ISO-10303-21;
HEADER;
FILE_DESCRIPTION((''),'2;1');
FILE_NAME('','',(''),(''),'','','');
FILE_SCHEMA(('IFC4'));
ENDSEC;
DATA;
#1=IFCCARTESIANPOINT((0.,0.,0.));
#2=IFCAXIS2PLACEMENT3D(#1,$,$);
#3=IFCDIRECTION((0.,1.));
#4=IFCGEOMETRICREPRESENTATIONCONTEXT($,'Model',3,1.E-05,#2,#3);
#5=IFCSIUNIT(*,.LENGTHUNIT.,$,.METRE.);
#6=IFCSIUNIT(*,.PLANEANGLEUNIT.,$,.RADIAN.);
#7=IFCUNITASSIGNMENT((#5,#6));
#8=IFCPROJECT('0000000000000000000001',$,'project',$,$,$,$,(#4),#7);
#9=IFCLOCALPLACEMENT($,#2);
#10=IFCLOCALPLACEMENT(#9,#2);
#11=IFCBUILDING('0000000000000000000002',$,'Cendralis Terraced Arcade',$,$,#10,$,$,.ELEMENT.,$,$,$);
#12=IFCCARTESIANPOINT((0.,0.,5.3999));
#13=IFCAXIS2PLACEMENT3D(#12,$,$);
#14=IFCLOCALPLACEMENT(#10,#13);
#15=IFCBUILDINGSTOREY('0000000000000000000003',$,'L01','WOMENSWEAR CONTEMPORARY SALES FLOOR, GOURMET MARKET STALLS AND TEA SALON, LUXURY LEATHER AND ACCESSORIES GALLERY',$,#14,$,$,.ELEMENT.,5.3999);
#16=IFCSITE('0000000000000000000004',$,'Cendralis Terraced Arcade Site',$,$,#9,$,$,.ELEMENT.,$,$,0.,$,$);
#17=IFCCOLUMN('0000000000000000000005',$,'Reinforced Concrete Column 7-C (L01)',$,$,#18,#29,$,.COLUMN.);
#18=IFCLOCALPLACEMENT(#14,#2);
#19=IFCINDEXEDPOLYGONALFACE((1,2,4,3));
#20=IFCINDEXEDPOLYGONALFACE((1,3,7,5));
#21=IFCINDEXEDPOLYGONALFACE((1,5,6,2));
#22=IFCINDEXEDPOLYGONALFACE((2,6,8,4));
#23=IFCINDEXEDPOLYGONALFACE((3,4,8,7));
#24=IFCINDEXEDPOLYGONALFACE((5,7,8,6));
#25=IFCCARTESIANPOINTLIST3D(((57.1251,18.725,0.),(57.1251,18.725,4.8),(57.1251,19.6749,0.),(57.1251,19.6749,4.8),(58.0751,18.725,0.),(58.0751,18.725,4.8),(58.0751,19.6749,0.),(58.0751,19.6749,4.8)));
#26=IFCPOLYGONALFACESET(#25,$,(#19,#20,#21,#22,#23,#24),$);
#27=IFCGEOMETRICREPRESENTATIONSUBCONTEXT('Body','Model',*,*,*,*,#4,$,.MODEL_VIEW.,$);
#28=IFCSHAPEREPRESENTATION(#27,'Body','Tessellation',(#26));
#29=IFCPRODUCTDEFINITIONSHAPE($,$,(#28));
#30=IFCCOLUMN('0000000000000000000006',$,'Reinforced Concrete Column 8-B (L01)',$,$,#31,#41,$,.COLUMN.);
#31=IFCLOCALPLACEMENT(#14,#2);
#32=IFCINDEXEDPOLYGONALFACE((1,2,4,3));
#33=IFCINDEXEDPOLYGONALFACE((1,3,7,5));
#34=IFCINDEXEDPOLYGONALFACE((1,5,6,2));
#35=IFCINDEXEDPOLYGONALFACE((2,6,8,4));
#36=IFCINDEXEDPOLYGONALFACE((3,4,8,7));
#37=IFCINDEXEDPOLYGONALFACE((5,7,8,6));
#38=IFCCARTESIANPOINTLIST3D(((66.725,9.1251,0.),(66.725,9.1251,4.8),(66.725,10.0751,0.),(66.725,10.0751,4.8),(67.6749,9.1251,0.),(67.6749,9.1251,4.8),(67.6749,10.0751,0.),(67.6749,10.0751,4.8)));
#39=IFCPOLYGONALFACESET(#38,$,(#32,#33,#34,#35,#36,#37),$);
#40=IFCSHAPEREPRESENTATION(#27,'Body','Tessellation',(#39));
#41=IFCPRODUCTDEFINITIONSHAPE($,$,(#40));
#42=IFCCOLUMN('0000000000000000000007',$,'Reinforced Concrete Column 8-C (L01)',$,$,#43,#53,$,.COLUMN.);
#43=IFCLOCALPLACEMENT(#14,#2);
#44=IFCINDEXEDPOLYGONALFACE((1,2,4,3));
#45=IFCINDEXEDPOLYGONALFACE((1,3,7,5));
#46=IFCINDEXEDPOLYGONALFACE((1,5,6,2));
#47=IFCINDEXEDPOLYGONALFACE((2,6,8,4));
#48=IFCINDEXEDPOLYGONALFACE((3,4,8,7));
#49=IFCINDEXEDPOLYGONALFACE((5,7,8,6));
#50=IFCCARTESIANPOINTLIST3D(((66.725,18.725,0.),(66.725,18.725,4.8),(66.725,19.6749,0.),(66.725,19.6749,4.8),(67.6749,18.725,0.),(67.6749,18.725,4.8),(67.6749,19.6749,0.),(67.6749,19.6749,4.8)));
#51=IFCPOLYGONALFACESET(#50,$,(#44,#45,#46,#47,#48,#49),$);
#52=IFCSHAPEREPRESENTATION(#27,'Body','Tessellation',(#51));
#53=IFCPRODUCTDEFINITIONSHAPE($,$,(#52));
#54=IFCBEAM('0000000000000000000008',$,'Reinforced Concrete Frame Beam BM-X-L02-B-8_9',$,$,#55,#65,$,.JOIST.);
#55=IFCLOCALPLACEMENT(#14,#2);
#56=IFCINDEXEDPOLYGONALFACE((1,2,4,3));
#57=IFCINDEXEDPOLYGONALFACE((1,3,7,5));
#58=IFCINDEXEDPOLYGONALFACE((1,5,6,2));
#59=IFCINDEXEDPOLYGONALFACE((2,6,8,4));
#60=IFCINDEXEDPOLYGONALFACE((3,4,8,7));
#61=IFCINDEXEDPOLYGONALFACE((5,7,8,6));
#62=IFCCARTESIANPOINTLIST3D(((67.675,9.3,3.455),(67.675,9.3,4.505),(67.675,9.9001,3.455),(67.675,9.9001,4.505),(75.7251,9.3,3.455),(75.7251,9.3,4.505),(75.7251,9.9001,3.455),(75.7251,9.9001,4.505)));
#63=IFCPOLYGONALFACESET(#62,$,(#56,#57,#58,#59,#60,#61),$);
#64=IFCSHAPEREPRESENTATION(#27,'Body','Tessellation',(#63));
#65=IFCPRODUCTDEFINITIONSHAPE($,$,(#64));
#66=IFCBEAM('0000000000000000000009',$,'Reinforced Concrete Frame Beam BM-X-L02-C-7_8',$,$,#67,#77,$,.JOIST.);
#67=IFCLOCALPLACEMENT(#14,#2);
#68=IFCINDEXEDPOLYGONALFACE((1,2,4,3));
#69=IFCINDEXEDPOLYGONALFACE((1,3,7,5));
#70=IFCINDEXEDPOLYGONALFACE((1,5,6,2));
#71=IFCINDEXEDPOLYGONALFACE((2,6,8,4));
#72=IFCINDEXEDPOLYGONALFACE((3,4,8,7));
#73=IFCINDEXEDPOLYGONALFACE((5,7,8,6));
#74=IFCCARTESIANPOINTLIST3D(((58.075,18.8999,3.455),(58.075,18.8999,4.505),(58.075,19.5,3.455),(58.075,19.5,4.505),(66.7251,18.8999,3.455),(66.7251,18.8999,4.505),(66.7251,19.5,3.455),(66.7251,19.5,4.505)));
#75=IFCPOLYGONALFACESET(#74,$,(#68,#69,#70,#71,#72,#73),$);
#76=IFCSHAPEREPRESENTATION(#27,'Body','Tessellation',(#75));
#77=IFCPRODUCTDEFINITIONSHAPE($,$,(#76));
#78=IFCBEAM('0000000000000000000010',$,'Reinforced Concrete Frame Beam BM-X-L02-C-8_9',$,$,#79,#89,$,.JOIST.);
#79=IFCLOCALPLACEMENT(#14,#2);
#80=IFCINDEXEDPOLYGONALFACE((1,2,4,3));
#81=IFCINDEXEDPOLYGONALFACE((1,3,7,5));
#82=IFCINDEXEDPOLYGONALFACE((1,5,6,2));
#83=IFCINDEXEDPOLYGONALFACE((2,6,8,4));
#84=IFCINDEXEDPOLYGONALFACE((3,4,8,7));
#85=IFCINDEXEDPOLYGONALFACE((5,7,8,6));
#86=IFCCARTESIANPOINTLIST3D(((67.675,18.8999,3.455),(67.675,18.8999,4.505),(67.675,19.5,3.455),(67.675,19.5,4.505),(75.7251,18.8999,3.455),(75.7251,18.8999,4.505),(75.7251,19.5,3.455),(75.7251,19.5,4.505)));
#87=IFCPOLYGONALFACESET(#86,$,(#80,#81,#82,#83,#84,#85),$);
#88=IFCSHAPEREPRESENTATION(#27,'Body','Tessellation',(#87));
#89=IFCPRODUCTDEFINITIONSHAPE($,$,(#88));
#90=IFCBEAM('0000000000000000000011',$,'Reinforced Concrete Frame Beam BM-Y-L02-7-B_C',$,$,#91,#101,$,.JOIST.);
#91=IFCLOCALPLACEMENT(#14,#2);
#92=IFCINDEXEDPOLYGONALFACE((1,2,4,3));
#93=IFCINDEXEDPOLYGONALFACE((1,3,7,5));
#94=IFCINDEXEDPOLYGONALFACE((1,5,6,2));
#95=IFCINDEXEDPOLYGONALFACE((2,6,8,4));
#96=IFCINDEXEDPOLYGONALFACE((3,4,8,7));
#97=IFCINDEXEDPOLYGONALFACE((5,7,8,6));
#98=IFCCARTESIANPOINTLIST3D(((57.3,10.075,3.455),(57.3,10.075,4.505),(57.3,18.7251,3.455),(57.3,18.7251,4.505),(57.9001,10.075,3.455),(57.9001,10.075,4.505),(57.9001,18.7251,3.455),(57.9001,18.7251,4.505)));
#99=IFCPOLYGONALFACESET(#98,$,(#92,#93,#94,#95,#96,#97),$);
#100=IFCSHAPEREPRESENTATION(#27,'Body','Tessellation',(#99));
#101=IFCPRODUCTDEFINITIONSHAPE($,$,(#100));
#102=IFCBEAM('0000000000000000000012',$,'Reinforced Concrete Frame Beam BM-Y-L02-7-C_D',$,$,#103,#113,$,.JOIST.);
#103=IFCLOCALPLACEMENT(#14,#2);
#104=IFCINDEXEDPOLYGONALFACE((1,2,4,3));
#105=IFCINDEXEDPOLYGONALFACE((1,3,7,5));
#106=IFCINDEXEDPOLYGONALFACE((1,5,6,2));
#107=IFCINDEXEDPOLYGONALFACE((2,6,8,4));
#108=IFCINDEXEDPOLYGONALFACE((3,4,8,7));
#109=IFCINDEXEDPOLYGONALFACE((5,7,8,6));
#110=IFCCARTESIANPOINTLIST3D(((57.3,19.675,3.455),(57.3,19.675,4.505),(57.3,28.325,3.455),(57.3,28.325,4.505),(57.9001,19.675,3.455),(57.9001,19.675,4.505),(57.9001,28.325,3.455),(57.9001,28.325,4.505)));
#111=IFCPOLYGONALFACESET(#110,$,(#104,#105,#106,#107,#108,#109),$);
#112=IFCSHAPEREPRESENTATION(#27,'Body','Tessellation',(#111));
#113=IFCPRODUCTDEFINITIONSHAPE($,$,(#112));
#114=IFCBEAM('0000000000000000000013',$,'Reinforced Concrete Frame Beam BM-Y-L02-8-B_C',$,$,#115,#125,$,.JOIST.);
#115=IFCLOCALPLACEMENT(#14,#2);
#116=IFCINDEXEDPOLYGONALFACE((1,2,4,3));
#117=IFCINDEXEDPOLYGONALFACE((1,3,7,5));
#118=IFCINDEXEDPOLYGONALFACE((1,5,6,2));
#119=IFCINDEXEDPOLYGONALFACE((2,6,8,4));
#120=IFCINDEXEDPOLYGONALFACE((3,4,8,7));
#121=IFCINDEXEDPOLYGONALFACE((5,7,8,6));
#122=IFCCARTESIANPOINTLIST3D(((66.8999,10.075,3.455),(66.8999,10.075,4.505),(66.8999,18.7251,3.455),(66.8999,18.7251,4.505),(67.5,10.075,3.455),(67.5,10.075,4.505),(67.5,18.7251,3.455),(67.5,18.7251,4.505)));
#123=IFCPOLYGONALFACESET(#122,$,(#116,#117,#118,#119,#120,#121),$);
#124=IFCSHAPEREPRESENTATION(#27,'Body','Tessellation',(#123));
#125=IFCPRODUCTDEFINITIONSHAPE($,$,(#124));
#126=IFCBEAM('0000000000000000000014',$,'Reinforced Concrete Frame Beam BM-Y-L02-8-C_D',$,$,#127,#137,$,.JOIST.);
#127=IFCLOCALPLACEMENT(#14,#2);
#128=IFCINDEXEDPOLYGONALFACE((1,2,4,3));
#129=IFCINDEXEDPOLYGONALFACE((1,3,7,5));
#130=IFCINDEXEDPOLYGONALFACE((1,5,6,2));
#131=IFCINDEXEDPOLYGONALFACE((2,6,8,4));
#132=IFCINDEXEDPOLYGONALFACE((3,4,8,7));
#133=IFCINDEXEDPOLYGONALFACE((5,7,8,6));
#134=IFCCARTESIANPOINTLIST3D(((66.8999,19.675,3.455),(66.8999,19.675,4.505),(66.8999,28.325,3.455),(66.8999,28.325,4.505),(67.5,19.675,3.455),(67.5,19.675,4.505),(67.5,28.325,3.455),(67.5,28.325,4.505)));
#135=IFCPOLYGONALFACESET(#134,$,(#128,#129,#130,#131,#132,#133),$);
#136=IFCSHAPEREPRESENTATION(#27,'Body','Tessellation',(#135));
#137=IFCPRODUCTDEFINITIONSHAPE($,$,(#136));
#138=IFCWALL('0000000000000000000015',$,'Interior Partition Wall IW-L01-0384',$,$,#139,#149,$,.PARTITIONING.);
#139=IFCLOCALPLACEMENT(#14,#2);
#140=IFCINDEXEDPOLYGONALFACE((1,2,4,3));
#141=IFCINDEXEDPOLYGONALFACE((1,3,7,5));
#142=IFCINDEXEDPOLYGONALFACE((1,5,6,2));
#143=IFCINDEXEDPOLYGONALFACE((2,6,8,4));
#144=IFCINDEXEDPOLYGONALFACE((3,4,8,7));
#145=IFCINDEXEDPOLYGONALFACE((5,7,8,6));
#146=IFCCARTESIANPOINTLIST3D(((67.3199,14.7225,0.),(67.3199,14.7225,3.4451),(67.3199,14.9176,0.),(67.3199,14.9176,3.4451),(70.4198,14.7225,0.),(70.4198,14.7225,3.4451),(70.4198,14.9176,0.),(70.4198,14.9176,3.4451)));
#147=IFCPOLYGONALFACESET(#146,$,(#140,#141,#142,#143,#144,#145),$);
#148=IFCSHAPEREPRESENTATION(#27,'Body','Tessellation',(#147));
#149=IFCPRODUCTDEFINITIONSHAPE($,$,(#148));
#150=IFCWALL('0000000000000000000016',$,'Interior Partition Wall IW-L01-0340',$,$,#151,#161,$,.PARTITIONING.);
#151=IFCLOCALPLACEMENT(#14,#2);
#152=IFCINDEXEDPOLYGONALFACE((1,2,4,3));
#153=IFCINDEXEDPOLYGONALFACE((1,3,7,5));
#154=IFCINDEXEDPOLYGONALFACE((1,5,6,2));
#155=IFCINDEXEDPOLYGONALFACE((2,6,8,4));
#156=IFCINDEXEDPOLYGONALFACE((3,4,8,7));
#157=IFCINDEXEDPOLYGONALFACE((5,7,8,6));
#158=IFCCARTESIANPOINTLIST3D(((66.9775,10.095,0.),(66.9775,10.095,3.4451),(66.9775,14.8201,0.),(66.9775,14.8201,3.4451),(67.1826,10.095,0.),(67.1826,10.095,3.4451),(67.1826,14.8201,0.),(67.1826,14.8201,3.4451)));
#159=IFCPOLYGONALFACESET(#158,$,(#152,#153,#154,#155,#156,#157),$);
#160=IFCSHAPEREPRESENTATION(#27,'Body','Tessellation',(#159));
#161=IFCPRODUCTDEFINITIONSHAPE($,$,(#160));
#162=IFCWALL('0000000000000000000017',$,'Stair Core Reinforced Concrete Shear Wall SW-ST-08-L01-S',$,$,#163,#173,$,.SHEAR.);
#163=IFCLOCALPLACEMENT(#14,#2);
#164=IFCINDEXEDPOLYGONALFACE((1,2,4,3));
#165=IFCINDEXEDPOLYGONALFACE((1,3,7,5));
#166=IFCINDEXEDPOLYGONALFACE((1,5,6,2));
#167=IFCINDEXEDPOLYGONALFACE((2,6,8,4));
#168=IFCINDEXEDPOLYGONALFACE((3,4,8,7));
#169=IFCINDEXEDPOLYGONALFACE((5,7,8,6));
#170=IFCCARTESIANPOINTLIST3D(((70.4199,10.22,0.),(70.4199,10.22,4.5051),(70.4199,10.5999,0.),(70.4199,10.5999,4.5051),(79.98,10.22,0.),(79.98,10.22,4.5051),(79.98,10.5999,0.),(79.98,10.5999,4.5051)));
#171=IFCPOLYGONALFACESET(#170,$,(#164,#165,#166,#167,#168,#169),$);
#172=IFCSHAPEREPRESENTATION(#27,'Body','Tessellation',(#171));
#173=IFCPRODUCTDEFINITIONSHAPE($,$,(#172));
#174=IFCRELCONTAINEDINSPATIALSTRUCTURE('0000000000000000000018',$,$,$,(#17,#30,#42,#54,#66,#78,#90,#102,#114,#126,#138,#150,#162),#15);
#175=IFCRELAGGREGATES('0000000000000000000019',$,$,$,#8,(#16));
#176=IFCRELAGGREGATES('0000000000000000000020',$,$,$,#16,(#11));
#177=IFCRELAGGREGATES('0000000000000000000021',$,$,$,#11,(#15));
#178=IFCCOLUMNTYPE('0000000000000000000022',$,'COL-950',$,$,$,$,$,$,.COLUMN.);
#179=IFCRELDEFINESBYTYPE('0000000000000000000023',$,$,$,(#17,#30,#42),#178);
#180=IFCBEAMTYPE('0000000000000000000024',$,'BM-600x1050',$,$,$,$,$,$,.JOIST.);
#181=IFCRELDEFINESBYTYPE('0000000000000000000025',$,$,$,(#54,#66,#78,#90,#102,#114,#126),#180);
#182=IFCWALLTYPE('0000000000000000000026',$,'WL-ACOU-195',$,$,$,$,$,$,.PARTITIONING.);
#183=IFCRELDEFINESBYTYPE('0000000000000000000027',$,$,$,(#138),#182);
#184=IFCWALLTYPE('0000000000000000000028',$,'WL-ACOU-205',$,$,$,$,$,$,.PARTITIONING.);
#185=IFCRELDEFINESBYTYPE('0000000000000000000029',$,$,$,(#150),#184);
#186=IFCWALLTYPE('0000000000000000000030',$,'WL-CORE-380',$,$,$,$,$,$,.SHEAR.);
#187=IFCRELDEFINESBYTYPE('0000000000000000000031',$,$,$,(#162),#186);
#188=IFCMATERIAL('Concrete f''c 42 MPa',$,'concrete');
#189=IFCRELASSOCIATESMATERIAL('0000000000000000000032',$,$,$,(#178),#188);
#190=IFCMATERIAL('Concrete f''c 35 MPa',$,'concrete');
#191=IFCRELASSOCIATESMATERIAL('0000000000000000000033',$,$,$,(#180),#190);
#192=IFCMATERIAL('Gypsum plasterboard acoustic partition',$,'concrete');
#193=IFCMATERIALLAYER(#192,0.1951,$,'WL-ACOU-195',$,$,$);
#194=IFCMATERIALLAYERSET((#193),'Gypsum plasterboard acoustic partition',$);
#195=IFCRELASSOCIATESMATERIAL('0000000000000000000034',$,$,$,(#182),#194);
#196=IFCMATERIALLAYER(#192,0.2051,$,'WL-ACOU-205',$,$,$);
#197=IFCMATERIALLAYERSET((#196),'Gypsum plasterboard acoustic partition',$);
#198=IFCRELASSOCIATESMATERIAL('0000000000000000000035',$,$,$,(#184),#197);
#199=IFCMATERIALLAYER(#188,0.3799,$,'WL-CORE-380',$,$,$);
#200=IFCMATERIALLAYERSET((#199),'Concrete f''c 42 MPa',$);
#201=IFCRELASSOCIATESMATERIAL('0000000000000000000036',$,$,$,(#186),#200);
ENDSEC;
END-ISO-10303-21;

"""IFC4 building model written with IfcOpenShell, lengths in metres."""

from ifc_helpers import new_model, si_unit, direction, frame, frame_2d, origin, origin_2d, place, context, subcontext, project, spatial, rectangle, extrude, material, layer, layer_set, material_profile, profile_set, type_object, element, save


model = new_model("IFC4")

# Units and contexts
model_context = context("Model", 3, precision=1e-05, world=origin(), true_north=direction((0.0, 1.0)))
body_context = subcontext(model_context, "Body", "Model", "MODEL_VIEW")
ifc_project = project(units=[si_unit("LENGTHUNIT", "METRE"), si_unit("PLANEANGLEUNIT", "RADIAN")], contexts=[model_context])

# Site, building, storey
site_placement = place(None, origin())
site = spatial("IfcSite", under=ifc_project, at=site_placement, Name="Cendralis Terraced Arcade Site", CompositionType="ELEMENT", RefElevation=0.0)
building_placement = place(site_placement, origin())
building = spatial("IfcBuilding", under=site, at=building_placement, Name="Cendralis Terraced Arcade", CompositionType="ELEMENT")
storey_placement = place(building_placement, frame((0.0, 0.0, 5.3999)))
storey = spatial("IfcBuildingStorey", under=building, at=storey_placement, Name="L01", Description="WOMENSWEAR CONTEMPORARY SALES FLOOR, GOURMET MARKET STALLS AND TEA SALON, LUXURY LEATHER AND ACCESSORIES GALLERY", CompositionType="ELEMENT", Elevation=5.3999)

# Columns
ifc_material_1 = material(Name="Concrete f'c 42 MPa", Category="concrete")
ifc_material_profile_1 = material_profile(ifc_material_1, rectangle(XDim=0.95, YDim=0.95, at=origin_2d()), Name="RC-COL-950x950", Category="LoadBearing")
ifc_profile_set_1 = profile_set([ifc_material_profile_1], Name="Concrete f'c 42 MPa")
column_type = type_object("IfcColumnType", Name="COL-950", PredefinedType="COLUMN", material=ifc_profile_set_1)
for number, where, z_axis, x_axis, name in (
    (1, (57.6001, 19.2, 0.0), (0.0, 0.0, 1.0), (1.0, 0.0, 0.0), "Reinforced Concrete Column 7-C (L01)"),
    (2, (67.2, 9.6001, 0.0), (0.0, 0.0, 1.0), (1.0, 0.0, 0.0), "Reinforced Concrete Column 8-B (L01)"),
    (3, (67.2, 19.2, 0.0), (0.0, 0.0, 1.0), (1.0, 0.0, 0.0), "Reinforced Concrete Column 8-C (L01)"),
):
    element("IfcColumn", number, at=place(storey_placement, frame(where, z_axis=z_axis, x_axis=x_axis)), inside=storey, type_object=column_type, Name=name, PredefinedType="COLUMN", context=body_context, shape_type="SweptSolid", body=[
        extrude(rectangle(XDim=0.95, YDim=0.95, at=origin_2d()), origin(), (0.0, 0.0, 1.0), 4.8),
    ])

# Beams
ifc_material_2 = material(Name="Concrete f'c 35 MPa", Category="concrete")
ifc_material_profile_2 = material_profile(ifc_material_2, rectangle(XDim=0.6001, YDim=1.05, at=origin_2d()), Name="RC-BM-600x1050", Category="LoadBearing")
ifc_profile_set_2 = profile_set([ifc_material_profile_2], Name="Concrete f'c 35 MPa")
beam_type = type_object("IfcBeamType", Name="BM-600x1050", PredefinedType="JOIST", material=ifc_profile_set_2)
beam_1_placement = place(storey_placement, frame((67.675, 9.6001, 3.98), z_axis=(1.0, 0.0, 0.0), x_axis=(0.0, 1.0, 0.0)))
element("IfcBeam", 4, at=beam_1_placement, inside=storey, type_object=beam_type, Name="Reinforced Concrete Frame Beam BM-X-L02-B-8_9", PredefinedType="JOIST", context=body_context, shape_type="SweptSolid", body=[
    extrude(rectangle(XDim=0.6001, YDim=1.05, at=origin_2d()), origin(), (0.0, 0.0, 1.0), 8.05),
])
beam_2_placement = place(storey_placement, frame((58.075, 19.2, 3.98), z_axis=(1.0, 0.0, 0.0), x_axis=(0.0, 1.0, 0.0)))
element("IfcBeam", 5, at=beam_2_placement, inside=storey, type_object=beam_type, Name="Reinforced Concrete Frame Beam BM-X-L02-C-7_8", PredefinedType="JOIST", context=body_context, shape_type="SweptSolid", body=[
    extrude(rectangle(XDim=0.6001, YDim=1.05, at=origin_2d()), origin(), (0.0, 0.0, 1.0), 8.6501),
])
beam_3_placement = place(storey_placement, frame((67.675, 19.2, 3.98), z_axis=(1.0, 0.0, 0.0), x_axis=(0.0, 1.0, 0.0)))
element("IfcBeam", 6, at=beam_3_placement, inside=storey, type_object=beam_type, Name="Reinforced Concrete Frame Beam BM-X-L02-C-8_9", PredefinedType="JOIST", context=body_context, shape_type="SweptSolid", body=[
    extrude(rectangle(XDim=0.6001, YDim=1.05, at=origin_2d()), origin(), (0.0, 0.0, 1.0), 8.05),
])
beam_4_placement = place(storey_placement, frame((57.6001, 10.075, 3.98), z_axis=(0.0, 1.0, 0.0), x_axis=(-1.0, 0.0, 0.0)))
element("IfcBeam", 7, at=beam_4_placement, inside=storey, type_object=beam_type, Name="Reinforced Concrete Frame Beam BM-Y-L02-7-B_C", PredefinedType="JOIST", context=body_context, shape_type="SweptSolid", body=[
    extrude(rectangle(XDim=0.6001, YDim=1.05, at=origin_2d()), origin(), (0.0, 0.0, 1.0), 8.6501),
])
beam_5_placement = place(storey_placement, frame((57.6001, 19.675, 3.98), z_axis=(0.0, 1.0, 0.0), x_axis=(-1.0, 0.0, 0.0)))
element("IfcBeam", 8, at=beam_5_placement, inside=storey, type_object=beam_type, Name="Reinforced Concrete Frame Beam BM-Y-L02-7-C_D", PredefinedType="JOIST", context=body_context, shape_type="SweptSolid", body=[
    extrude(rectangle(XDim=0.6001, YDim=1.05, at=origin_2d()), origin(), (0.0, 0.0, 1.0), 8.6499),
])
beam_6_placement = place(storey_placement, frame((67.2, 10.075, 3.98), z_axis=(0.0, 1.0, 0.0), x_axis=(-1.0, 0.0, 0.0)))
element("IfcBeam", 9, at=beam_6_placement, inside=storey, type_object=beam_type, Name="Reinforced Concrete Frame Beam BM-Y-L02-8-B_C", PredefinedType="JOIST", context=body_context, shape_type="SweptSolid", body=[
    extrude(rectangle(XDim=0.6001, YDim=1.05, at=origin_2d()), origin(), (0.0, 0.0, 1.0), 8.6501),
])
beam_7_placement = place(storey_placement, frame((67.2, 19.675, 3.98), z_axis=(0.0, 1.0, 0.0), x_axis=(-1.0, 0.0, 0.0)))
element("IfcBeam", 10, at=beam_7_placement, inside=storey, type_object=beam_type, Name="Reinforced Concrete Frame Beam BM-Y-L02-8-C_D", PredefinedType="JOIST", context=body_context, shape_type="SweptSolid", body=[
    extrude(rectangle(XDim=0.6001, YDim=1.05, at=origin_2d()), origin(), (0.0, 0.0, 1.0), 8.6499),
])

# Walls
ifc_material_3 = material(Name="Gypsum plasterboard acoustic partition", Category="concrete")
ifc_layer_1 = layer(ifc_material_3, 0.1951, Name="WL-ACOU-195")
ifc_layer_set_1 = layer_set([ifc_layer_1], Name="Gypsum plasterboard acoustic partition")
wall_type_1 = type_object("IfcWallType", Name="WL-ACOU-195", PredefinedType="PARTITIONING", material=ifc_layer_set_1)
wall_1_placement = place(storey_placement, frame((67.3201, 14.8201, 0.0), z_axis=(0.0, 0.0, 1.0), x_axis=(1.0, 0.0, 0.0)))
element("IfcWall", 11, at=wall_1_placement, inside=storey, type_object=wall_type_1, Name="Interior Partition Wall IW-L01-0384", PredefinedType="PARTITIONING", context=body_context, shape_type="SweptSolid", body=[
    extrude(rectangle(XDim=3.0999, YDim=0.1951, at=frame_2d((1.5498, 0.0))), origin(), (0.0, 0.0, 1.0), 3.4451),
])
ifc_layer_2 = layer(ifc_material_3, 0.2051, Name="WL-ACOU-205")
ifc_layer_set_2 = layer_set([ifc_layer_2], Name="Gypsum plasterboard acoustic partition")
wall_type_2 = type_object("IfcWallType", Name="WL-ACOU-205", PredefinedType="PARTITIONING", material=ifc_layer_set_2)
wall_2_placement = place(storey_placement, frame((67.0801, 14.8201, 0.0), z_axis=(0.0, 0.0, 1.0), x_axis=(0.0, -1.0, 0.0)))
element("IfcWall", 12, at=wall_2_placement, inside=storey, type_object=wall_type_2, Name="Interior Partition Wall IW-L01-0340", PredefinedType="PARTITIONING", context=body_context, shape_type="SweptSolid", body=[
    extrude(rectangle(XDim=4.7251, YDim=0.2051, at=frame_2d((2.3625, 0.0))), origin(), (0.0, 0.0, 1.0), 3.4451),
])
ifc_layer_3 = layer(ifc_material_1, 0.3799, Name="WL-CORE-380")
ifc_layer_set_3 = layer_set([ifc_layer_3], Name="Concrete f'c 42 MPa")
wall_type_3 = type_object("IfcWallType", Name="WL-CORE-380", PredefinedType="SHEAR", material=ifc_layer_set_3)
wall_3_placement = place(storey_placement, frame((70.4199, 10.4099, 0.0), z_axis=(0.0, 0.0, 1.0), x_axis=(1.0, 0.0, 0.0)))
element("IfcWall", 13, at=wall_3_placement, inside=storey, type_object=wall_type_3, Name="Stair Core Reinforced Concrete Shear Wall SW-ST-08-L01-S", PredefinedType="SHEAR", context=body_context, shape_type="SweptSolid", body=[
    extrude(rectangle(XDim=9.5601, YDim=0.3799, at=frame_2d((4.78, 0.0))), origin(), (0.0, 0.0, 1.0), 4.5051),
])

save(model, "model.ifc")
